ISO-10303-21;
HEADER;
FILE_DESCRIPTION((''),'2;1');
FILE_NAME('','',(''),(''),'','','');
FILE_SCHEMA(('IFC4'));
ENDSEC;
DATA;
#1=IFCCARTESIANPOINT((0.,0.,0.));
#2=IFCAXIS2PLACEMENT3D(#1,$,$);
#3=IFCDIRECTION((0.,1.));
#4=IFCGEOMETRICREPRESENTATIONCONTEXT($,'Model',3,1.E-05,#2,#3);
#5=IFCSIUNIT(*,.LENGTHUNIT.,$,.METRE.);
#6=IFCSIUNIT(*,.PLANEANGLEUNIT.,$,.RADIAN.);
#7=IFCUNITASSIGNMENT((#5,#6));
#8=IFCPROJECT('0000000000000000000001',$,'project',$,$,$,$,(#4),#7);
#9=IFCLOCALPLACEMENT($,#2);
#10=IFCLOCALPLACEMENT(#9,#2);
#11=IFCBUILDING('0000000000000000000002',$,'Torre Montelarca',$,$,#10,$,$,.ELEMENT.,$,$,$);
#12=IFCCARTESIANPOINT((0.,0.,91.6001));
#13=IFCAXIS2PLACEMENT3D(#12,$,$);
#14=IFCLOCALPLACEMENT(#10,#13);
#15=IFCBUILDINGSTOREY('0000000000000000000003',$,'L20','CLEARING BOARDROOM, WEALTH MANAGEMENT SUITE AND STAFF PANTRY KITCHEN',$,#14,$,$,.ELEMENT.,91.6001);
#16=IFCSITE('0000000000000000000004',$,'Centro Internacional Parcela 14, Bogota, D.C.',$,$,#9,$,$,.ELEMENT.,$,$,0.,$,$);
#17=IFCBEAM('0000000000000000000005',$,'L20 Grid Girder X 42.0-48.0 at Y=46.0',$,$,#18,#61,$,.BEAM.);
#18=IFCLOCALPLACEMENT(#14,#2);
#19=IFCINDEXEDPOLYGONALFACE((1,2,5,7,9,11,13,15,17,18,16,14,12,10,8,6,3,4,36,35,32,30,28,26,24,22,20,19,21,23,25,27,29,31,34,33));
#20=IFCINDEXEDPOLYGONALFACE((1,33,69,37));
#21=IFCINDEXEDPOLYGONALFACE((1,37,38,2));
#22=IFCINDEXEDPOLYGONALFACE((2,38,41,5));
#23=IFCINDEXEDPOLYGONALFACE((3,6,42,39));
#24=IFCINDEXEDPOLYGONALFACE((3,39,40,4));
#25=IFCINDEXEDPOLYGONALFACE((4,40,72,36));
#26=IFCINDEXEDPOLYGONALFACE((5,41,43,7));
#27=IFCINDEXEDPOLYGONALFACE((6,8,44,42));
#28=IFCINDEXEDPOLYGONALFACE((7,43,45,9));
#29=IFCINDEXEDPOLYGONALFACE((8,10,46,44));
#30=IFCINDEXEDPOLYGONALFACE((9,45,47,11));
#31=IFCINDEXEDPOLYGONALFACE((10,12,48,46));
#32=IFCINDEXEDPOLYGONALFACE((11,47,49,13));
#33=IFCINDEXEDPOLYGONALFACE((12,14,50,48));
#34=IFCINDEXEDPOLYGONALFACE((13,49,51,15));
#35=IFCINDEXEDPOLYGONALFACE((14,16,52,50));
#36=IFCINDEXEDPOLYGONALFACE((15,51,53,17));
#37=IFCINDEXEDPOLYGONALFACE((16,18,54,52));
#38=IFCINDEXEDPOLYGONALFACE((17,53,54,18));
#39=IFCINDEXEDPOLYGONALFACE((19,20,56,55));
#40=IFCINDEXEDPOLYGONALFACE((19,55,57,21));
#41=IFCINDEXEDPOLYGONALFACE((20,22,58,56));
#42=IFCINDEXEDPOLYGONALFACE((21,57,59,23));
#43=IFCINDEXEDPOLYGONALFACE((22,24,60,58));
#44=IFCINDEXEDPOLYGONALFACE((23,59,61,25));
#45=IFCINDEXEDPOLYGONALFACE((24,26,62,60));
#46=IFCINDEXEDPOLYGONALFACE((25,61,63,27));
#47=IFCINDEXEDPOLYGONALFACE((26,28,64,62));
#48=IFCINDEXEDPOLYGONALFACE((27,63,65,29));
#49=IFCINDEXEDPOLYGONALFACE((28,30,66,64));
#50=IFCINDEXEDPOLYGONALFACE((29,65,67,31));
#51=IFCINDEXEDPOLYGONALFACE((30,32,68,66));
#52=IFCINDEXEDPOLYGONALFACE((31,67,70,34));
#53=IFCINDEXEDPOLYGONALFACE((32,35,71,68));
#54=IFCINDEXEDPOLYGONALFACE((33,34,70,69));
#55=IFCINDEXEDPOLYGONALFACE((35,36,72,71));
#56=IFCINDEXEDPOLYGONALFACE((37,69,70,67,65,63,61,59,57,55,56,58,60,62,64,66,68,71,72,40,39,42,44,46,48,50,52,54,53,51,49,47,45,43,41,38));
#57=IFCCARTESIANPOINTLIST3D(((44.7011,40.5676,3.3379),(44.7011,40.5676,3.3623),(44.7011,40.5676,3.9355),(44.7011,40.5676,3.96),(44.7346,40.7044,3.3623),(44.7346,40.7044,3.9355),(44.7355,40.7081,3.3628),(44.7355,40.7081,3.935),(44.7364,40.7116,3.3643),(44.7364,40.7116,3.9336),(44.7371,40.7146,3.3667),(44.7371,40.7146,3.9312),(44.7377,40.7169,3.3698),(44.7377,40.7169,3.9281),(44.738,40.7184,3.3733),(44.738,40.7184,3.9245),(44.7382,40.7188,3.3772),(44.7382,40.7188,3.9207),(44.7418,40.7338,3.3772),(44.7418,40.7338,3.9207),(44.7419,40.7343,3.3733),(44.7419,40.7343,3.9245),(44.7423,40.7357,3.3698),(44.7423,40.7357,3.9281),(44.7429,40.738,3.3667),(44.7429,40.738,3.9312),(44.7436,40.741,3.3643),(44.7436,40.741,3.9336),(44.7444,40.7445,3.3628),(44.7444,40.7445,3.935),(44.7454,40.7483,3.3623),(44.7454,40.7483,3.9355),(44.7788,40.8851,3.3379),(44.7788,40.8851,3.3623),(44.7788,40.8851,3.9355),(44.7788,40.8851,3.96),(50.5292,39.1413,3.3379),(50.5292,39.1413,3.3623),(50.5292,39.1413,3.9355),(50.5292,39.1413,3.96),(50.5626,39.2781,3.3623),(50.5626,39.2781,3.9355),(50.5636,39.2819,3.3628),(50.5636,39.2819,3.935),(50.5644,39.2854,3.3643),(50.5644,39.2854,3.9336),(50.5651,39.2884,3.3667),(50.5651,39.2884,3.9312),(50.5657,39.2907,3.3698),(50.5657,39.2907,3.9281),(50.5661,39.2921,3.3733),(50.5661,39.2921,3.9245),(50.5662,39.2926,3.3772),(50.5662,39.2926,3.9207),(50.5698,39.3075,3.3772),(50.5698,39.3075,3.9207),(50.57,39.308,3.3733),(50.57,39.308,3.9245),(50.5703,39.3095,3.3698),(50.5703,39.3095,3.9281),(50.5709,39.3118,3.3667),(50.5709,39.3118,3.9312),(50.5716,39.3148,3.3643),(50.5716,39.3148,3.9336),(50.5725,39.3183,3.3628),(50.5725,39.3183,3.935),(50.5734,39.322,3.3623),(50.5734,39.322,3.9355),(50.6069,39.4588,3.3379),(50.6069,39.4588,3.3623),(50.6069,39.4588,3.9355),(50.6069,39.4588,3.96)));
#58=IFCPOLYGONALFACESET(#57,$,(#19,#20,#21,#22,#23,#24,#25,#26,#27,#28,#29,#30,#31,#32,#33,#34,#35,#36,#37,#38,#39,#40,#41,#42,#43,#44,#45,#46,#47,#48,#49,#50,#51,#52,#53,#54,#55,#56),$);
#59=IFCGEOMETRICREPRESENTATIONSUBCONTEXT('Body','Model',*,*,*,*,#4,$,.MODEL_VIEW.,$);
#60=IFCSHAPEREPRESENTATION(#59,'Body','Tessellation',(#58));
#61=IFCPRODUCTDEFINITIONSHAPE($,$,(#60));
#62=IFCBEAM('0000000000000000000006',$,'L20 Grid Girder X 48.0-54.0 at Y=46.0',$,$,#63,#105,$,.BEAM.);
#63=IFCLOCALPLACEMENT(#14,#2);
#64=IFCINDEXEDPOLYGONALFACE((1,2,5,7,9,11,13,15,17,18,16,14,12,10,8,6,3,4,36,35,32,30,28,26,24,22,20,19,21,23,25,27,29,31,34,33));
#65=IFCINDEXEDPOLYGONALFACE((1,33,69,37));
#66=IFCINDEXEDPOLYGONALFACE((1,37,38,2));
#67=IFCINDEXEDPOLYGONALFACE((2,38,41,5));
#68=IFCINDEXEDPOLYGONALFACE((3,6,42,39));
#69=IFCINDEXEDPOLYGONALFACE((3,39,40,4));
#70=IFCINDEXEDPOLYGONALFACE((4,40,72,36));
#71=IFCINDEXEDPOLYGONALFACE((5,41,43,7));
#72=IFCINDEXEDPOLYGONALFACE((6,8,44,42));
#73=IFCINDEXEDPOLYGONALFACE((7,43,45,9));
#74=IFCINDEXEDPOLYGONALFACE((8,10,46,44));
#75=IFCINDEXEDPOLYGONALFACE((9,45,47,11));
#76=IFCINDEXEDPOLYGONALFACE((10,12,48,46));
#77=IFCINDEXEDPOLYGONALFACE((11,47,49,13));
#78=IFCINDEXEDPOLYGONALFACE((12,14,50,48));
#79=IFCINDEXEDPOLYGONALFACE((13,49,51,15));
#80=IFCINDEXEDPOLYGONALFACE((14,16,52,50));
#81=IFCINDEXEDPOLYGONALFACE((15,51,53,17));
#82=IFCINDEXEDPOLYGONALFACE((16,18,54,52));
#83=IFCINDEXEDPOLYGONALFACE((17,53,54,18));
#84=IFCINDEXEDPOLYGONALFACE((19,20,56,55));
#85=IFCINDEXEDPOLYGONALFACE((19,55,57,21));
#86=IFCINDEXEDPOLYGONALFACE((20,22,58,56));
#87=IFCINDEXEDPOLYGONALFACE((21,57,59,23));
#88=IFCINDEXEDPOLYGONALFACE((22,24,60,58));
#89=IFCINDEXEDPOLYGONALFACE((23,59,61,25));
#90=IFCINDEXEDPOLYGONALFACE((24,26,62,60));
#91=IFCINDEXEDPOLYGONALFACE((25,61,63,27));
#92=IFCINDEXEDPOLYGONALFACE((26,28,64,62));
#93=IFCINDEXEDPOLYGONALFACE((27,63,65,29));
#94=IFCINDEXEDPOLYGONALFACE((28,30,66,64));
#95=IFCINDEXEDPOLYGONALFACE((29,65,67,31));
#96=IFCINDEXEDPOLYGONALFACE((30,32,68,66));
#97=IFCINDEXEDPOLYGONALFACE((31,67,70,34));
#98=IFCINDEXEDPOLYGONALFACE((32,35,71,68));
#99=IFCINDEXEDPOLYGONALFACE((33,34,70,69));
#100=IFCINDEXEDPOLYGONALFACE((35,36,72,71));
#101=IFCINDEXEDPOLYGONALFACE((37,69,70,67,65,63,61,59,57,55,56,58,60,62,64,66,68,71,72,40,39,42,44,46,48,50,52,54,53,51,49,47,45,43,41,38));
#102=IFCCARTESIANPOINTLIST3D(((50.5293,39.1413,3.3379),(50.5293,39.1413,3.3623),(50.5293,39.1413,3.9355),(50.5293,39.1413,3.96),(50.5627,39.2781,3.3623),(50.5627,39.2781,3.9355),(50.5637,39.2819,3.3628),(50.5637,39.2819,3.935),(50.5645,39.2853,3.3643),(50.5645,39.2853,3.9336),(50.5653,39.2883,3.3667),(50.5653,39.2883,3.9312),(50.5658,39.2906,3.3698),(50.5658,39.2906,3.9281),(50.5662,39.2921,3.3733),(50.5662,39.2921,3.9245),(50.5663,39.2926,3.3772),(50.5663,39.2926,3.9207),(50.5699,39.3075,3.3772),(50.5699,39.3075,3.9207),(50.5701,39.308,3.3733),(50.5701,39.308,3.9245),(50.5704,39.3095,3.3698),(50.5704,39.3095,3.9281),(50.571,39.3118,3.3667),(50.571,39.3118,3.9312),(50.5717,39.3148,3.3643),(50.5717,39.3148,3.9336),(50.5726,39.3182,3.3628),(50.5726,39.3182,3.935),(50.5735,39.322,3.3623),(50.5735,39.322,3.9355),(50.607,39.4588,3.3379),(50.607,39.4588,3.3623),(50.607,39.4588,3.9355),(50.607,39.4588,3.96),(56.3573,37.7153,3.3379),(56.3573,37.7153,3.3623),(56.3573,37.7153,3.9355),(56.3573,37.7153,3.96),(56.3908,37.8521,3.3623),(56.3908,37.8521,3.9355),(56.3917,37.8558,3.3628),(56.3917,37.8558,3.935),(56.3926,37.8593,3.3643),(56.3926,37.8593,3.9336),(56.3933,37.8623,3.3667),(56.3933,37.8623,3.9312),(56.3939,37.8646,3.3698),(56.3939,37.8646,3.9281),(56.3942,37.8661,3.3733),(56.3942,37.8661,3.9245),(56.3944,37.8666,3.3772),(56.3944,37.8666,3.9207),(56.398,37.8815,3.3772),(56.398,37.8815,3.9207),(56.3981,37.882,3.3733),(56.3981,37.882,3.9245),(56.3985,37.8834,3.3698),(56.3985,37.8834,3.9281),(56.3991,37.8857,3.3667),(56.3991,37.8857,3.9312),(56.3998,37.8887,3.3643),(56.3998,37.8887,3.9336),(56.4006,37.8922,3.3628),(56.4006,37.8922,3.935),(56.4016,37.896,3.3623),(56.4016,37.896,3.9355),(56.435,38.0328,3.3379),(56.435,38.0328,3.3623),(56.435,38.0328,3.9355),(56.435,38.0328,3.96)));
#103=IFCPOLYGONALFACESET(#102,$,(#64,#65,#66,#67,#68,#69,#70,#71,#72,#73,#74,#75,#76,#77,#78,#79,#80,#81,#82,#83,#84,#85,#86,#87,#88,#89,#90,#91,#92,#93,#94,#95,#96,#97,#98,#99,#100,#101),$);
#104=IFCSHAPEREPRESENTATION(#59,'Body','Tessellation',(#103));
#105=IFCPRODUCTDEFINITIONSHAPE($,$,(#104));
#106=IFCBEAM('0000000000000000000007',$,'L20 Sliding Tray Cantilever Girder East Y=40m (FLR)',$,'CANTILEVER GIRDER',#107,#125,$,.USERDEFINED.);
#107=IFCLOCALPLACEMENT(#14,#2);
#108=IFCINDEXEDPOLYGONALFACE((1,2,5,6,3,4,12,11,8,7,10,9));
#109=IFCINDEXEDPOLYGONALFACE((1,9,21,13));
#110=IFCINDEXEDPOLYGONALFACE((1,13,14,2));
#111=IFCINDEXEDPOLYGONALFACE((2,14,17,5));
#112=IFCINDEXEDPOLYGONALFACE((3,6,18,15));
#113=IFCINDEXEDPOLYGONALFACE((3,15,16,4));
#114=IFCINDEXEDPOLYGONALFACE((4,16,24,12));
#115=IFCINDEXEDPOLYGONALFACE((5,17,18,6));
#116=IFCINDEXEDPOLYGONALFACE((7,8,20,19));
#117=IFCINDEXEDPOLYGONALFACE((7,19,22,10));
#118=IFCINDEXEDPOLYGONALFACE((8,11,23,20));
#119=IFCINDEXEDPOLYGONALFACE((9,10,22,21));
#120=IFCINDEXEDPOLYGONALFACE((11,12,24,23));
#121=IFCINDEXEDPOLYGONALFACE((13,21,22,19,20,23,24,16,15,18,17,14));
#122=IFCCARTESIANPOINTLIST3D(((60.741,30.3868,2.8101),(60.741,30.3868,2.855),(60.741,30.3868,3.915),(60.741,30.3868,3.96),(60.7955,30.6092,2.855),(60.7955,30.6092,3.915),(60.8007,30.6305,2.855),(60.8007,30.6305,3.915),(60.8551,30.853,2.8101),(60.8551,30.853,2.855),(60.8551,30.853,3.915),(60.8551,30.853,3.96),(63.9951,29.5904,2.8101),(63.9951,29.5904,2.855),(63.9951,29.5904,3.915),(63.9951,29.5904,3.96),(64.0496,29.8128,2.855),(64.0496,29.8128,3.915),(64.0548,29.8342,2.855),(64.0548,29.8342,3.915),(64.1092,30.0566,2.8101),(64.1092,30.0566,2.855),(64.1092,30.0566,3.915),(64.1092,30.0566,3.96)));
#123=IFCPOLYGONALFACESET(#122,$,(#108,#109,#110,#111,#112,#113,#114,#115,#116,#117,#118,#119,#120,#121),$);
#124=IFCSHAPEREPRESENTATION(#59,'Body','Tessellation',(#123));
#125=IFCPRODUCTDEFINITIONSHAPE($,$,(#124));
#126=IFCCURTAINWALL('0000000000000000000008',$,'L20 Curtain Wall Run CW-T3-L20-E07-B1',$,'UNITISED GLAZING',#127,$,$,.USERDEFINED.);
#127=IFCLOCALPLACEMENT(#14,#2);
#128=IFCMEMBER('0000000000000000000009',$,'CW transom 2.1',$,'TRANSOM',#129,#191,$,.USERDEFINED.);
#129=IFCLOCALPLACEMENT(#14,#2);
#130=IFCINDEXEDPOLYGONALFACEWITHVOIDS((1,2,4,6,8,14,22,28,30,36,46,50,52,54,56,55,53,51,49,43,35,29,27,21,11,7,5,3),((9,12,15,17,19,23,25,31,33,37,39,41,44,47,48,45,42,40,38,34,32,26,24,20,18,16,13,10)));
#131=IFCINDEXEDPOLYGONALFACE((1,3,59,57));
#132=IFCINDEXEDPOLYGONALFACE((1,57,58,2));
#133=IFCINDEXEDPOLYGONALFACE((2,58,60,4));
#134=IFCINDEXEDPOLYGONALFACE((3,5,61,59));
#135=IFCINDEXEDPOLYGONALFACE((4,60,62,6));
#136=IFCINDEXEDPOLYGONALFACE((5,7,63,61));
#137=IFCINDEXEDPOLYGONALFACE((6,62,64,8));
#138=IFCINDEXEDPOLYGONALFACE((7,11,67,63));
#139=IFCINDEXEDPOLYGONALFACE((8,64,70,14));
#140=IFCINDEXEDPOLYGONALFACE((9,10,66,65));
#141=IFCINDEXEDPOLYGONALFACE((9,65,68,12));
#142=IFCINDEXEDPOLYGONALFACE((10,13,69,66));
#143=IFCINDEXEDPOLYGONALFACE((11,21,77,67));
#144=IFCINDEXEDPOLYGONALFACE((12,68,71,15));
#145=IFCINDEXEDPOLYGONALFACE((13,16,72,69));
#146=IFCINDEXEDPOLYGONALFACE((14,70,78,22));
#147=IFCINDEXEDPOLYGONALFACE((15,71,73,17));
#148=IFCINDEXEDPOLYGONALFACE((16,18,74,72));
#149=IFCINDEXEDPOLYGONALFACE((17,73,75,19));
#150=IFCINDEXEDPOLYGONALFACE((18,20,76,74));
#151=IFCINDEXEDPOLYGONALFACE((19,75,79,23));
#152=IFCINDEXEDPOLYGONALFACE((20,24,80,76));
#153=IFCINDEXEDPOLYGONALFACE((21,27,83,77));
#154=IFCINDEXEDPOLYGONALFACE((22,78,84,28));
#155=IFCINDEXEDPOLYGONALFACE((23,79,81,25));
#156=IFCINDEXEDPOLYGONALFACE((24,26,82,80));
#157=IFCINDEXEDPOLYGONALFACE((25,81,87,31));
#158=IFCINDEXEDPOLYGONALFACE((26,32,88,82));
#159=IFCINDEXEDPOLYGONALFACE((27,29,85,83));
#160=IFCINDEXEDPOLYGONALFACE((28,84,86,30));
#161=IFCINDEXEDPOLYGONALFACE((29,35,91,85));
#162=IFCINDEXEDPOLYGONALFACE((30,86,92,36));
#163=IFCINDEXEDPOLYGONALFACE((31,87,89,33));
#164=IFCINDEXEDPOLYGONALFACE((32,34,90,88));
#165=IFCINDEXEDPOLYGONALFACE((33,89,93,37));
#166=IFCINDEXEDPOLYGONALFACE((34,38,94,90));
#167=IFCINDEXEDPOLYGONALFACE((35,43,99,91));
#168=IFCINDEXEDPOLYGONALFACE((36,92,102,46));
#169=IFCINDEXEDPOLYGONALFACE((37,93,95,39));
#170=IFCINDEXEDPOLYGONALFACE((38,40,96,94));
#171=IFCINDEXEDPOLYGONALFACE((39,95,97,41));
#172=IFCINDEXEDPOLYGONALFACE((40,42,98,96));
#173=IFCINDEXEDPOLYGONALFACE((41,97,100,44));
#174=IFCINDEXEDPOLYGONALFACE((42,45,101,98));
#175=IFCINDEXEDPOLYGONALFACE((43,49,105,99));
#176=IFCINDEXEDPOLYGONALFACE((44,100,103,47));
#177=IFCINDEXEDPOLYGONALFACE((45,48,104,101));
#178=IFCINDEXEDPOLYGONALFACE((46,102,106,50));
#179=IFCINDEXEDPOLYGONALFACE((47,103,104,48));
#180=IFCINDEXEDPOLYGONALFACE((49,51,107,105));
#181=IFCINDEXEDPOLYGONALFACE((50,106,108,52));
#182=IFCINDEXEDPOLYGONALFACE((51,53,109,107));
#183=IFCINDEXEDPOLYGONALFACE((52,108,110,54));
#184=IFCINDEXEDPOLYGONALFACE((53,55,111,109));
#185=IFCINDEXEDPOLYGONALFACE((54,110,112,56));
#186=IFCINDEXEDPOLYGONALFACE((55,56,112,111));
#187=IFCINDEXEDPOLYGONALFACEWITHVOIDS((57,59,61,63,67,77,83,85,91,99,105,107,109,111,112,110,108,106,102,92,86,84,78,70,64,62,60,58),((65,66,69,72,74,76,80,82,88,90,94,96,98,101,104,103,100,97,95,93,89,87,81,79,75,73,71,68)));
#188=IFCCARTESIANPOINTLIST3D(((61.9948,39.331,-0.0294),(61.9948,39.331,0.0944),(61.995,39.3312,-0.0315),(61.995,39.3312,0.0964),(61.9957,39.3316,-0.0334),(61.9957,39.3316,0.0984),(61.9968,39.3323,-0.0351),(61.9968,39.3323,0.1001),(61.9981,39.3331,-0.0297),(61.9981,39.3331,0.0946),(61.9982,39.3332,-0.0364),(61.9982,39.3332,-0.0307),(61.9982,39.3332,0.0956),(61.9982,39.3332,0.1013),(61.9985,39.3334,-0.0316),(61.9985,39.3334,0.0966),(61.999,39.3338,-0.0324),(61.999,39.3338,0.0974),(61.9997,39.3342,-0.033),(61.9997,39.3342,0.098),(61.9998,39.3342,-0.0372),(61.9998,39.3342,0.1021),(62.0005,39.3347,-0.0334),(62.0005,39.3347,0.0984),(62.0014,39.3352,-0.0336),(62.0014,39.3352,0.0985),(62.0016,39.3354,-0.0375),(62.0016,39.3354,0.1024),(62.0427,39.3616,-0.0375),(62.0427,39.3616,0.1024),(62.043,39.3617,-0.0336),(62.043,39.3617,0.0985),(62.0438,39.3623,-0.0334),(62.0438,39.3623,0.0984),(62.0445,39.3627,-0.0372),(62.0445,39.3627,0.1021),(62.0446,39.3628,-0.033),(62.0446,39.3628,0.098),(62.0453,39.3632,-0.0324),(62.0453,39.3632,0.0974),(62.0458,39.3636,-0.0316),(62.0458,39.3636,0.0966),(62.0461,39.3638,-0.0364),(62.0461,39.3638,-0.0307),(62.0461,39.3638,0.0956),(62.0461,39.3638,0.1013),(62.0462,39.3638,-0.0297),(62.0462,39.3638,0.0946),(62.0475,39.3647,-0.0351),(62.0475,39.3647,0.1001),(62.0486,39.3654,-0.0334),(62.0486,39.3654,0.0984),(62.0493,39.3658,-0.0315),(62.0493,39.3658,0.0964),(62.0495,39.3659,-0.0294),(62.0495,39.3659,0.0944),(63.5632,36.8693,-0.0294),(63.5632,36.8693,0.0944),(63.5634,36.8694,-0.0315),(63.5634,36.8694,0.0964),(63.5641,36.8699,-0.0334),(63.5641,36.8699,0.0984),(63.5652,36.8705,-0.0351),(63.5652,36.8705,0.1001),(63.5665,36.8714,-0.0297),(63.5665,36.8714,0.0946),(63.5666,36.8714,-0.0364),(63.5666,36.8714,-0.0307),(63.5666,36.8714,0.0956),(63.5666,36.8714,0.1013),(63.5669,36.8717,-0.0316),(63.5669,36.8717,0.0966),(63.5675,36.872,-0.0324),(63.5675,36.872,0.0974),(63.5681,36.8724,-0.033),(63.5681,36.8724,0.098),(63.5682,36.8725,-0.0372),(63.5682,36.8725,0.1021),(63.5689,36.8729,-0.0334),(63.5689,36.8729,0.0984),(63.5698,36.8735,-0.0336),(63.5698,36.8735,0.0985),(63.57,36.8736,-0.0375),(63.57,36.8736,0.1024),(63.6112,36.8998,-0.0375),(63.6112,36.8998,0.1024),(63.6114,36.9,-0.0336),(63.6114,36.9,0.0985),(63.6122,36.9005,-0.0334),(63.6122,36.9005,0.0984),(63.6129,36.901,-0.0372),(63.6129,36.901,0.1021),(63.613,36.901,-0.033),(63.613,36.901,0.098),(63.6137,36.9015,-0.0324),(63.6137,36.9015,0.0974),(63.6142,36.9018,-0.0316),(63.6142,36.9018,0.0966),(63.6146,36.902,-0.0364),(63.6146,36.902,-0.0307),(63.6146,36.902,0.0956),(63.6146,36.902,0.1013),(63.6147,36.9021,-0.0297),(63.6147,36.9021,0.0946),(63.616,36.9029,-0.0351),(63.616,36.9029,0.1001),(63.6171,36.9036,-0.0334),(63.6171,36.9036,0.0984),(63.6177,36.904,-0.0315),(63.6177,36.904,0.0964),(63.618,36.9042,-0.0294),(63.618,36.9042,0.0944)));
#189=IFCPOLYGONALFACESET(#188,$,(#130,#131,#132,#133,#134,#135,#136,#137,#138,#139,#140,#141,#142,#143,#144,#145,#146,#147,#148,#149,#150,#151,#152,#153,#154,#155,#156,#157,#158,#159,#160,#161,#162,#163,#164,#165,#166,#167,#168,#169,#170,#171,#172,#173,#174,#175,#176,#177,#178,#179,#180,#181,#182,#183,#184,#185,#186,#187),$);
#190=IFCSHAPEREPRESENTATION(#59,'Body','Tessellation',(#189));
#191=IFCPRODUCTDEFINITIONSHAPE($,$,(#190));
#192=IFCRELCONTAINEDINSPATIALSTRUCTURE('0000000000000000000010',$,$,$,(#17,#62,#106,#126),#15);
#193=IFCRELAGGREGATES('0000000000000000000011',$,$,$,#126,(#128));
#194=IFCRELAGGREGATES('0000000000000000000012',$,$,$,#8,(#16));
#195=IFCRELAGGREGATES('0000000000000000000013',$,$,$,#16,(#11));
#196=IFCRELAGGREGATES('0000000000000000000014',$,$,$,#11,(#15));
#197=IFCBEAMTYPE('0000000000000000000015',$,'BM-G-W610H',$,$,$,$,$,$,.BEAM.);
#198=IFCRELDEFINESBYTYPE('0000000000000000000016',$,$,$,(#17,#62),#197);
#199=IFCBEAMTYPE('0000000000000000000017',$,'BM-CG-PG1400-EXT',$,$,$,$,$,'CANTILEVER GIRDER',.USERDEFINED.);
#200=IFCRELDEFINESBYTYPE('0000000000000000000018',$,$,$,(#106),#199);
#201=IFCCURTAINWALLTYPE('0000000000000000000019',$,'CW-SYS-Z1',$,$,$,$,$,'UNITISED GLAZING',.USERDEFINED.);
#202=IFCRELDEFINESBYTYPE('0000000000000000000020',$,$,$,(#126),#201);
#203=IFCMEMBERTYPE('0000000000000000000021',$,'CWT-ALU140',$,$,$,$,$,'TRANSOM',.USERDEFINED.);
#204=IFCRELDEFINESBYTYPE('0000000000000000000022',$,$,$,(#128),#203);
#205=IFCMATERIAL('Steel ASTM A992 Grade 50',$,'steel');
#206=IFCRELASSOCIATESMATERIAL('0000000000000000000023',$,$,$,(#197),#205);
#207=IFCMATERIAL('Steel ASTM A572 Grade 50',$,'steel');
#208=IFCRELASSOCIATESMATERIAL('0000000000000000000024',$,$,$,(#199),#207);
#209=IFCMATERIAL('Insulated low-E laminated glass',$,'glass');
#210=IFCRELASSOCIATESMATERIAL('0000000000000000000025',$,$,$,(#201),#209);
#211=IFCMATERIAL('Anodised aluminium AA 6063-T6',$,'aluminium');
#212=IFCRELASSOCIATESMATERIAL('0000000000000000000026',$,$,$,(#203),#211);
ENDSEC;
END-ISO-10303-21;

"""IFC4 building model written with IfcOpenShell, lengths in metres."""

from ifc_helpers import new_model, si_unit, direction, frame, origin, origin_2d, place, context, subcontext, project, spatial, hollow_rectangle, i_section, extrude, source, transform, mapped, material, material_profile, profile_set, type_object, element, aggregate, save


model = new_model("IFC4")

# Units and contexts
model_context = context("Model", 3, precision=1e-05, world=origin(), true_north=direction((0.0, 1.0)))
body_context = subcontext(model_context, "Body", "Model", "MODEL_VIEW")
ifc_project = project(units=[si_unit("LENGTHUNIT", "METRE"), si_unit("PLANEANGLEUNIT", "RADIAN")], contexts=[model_context])

# Site, building, storey
site_placement = place(None, origin())
site = spatial("IfcSite", under=ifc_project, at=site_placement, Name="Centro Internacional Parcela 14, Bogota, D.C.", CompositionType="ELEMENT", RefElevation=0.0)
building_placement = place(site_placement, origin())
building = spatial("IfcBuilding", under=site, at=building_placement, Name="Torre Montelarca", CompositionType="ELEMENT")
storey_placement = place(building_placement, frame((0.0, 0.0, 91.6001)))
storey = spatial("IfcBuildingStorey", under=building, at=storey_placement, Name="L20", Description="CLEARING BOARDROOM, WEALTH MANAGEMENT SUITE AND STAFF PANTRY KITCHEN", CompositionType="ELEMENT", Elevation=91.6001)

# Shared definitions
ifc_material_1 = material(Name="Steel ASTM A992 Grade 50", Category="steel")

# Beams
ifc_material_profile_1 = material_profile(ifc_material_1, i_section(OverallWidth=0.3269, OverallDepth=0.6221, WebThickness=0.0154, FlangeThickness=0.0244, FilletRadius=0.0149, at=origin_2d()), Name="W610X195", Category="steel")
ifc_profile_set_1 = profile_set([ifc_material_profile_1], Name="Steel ASTM A992 Grade 50")
beam_type_1 = type_object("IfcBeamType", Name="BM-G-W610H", PredefinedType="BEAM", material=ifc_profile_set_1)
shared_shape_1 = source(origin(), body_context, "Body", "SweptSolid", [
    extrude(i_section(OverallWidth=0.3269, OverallDepth=0.6221, WebThickness=0.0154, FlangeThickness=0.0244, FilletRadius=0.0149, at=origin_2d()), origin(), (0.0, 0.0, 1.0), 6.0),
])
for number, where, z_axis, x_axis, name in (
    (1, (44.74, 40.7263, 3.6489), (0.971337, -0.237707, 0.0), (0.237707, 0.971337, 0.0), "L20 Grid Girder X 42.0-48.0 at Y=46.0"),
    (2, (50.5681, 39.3, 3.6489), (0.971346, -0.237669, 0.0), (0.237669, 0.971346, 0.0), "L20 Grid Girder X 48.0-54.0 at Y=46.0"),
):
    element("IfcBeam", number, at=place(storey_placement, frame(where, z_axis=z_axis, x_axis=x_axis)), inside=storey, type_object=beam_type_1, Name=name, PredefinedType="BEAM", context=body_context, shape_type="MappedRepresentation", body=[
        mapped(shared_shape_1, transform((0.0, 0.0, 0.0), scale=1.0)),
    ])
ifc_material_2 = material(Name="Steel ASTM A572 Grade 50", Category="steel")
ifc_material_profile_2 = material_profile(ifc_material_2, i_section(OverallWidth=0.48, OverallDepth=1.1499, WebThickness=0.022, FlangeThickness=0.0449, at=origin_2d()), Name="PG1150X480X22X45", Category="steel")
ifc_profile_set_2 = profile_set([ifc_material_profile_2], Name="Steel ASTM A572 Grade 50")
beam_type_2 = type_object("IfcBeamType", Name="BM-CG-PG1400-EXT", ElementType="CANTILEVER GIRDER", PredefinedType="USERDEFINED", material=ifc_profile_set_2)
shared_shape_2 = source(origin(), body_context, "Body", "SweptSolid", [
    extrude(i_section(OverallWidth=0.48, OverallDepth=1.1499, WebThickness=0.022, FlangeThickness=0.0449, at=origin_2d()), origin(), (0.0, 0.0, 1.0), 3.3501),
])
beam_placement = place(storey_placement, frame((60.7981, 30.6199, 3.385), z_axis=(0.971335, -0.237714, 0.0), x_axis=(0.237714, 0.971335, 0.0)))
element("IfcBeam", 3, at=beam_placement, inside=storey, type_object=beam_type_2, Name="L20 Sliding Tray Cantilever Girder East Y=40m (FLR)", ObjectType="CANTILEVER GIRDER", PredefinedType="USERDEFINED", context=body_context, shape_type="MappedRepresentation", body=[
    mapped(shared_shape_2, transform((0.0, 0.0, 0.0), scale=1.0)),
])

# Curtain wall, member
ifc_material_3 = material(Name="Insulated low-E laminated glass", Category="glass")
curtain_wall_type = type_object("IfcCurtainWallType", Name="CW-SYS-Z1", ElementType="UNITISED GLAZING", PredefinedType="USERDEFINED", material=ifc_material_3)
curtain_wall_1_placement = place(storey_placement, origin())
curtain_wall_1 = element("IfcCurtainWall", 4, at=curtain_wall_1_placement, inside=storey, type_object=curtain_wall_type, Name="L20 Curtain Wall Run CW-T3-L20-E07-B1", ObjectType="UNITISED GLAZING", PredefinedType="USERDEFINED")
ifc_material_4 = material(Name="Anodised aluminium AA 6063-T6", Category="aluminium")
ifc_material_profile_3 = material_profile(ifc_material_4, hollow_rectangle(XDim=0.0649, YDim=0.1399, WallThickness=0.0039, InnerFilletRadius=0.0039, OuterFilletRadius=0.0081, at=origin_2d()), Name="ALU65X140X4", Category="aluminium")
ifc_profile_set_3 = profile_set([ifc_material_profile_3], Name="Anodised aluminium AA 6063-T6")
member_type_1 = type_object("IfcMemberType", Name="CWT-ALU140", ElementType="TRANSOM", PredefinedType="USERDEFINED", material=ifc_profile_set_3)
shared_shape_3 = source(origin(), body_context, "Body", "SweptSolid", [
    extrude(hollow_rectangle(XDim=0.0649, YDim=0.1399, WallThickness=0.0039, InnerFilletRadius=0.0039, OuterFilletRadius=0.0081, at=origin_2d()), origin(), (0.0, 0.0, 1.0), 2.9189),
])
member_1_placement = place(storey_placement, frame((63.5906, 36.8867, 0.0325), z_axis=(-0.537325, 0.843376, 0.0), x_axis=(-0.843376, -0.537325, 0.0)))
member_1 = element("IfcMember", 5, at=member_1_placement, type_object=member_type_1, Name="CW transom 2.1", ObjectType="TRANSOM", PredefinedType="USERDEFINED", context=body_context, shape_type="MappedRepresentation", body=[
    mapped(shared_shape_3, transform((0.0, 0.0, 0.0), scale=1.0)),
])

aggregate(curtain_wall_1, [member_1])

save(model, "model.ifc")
